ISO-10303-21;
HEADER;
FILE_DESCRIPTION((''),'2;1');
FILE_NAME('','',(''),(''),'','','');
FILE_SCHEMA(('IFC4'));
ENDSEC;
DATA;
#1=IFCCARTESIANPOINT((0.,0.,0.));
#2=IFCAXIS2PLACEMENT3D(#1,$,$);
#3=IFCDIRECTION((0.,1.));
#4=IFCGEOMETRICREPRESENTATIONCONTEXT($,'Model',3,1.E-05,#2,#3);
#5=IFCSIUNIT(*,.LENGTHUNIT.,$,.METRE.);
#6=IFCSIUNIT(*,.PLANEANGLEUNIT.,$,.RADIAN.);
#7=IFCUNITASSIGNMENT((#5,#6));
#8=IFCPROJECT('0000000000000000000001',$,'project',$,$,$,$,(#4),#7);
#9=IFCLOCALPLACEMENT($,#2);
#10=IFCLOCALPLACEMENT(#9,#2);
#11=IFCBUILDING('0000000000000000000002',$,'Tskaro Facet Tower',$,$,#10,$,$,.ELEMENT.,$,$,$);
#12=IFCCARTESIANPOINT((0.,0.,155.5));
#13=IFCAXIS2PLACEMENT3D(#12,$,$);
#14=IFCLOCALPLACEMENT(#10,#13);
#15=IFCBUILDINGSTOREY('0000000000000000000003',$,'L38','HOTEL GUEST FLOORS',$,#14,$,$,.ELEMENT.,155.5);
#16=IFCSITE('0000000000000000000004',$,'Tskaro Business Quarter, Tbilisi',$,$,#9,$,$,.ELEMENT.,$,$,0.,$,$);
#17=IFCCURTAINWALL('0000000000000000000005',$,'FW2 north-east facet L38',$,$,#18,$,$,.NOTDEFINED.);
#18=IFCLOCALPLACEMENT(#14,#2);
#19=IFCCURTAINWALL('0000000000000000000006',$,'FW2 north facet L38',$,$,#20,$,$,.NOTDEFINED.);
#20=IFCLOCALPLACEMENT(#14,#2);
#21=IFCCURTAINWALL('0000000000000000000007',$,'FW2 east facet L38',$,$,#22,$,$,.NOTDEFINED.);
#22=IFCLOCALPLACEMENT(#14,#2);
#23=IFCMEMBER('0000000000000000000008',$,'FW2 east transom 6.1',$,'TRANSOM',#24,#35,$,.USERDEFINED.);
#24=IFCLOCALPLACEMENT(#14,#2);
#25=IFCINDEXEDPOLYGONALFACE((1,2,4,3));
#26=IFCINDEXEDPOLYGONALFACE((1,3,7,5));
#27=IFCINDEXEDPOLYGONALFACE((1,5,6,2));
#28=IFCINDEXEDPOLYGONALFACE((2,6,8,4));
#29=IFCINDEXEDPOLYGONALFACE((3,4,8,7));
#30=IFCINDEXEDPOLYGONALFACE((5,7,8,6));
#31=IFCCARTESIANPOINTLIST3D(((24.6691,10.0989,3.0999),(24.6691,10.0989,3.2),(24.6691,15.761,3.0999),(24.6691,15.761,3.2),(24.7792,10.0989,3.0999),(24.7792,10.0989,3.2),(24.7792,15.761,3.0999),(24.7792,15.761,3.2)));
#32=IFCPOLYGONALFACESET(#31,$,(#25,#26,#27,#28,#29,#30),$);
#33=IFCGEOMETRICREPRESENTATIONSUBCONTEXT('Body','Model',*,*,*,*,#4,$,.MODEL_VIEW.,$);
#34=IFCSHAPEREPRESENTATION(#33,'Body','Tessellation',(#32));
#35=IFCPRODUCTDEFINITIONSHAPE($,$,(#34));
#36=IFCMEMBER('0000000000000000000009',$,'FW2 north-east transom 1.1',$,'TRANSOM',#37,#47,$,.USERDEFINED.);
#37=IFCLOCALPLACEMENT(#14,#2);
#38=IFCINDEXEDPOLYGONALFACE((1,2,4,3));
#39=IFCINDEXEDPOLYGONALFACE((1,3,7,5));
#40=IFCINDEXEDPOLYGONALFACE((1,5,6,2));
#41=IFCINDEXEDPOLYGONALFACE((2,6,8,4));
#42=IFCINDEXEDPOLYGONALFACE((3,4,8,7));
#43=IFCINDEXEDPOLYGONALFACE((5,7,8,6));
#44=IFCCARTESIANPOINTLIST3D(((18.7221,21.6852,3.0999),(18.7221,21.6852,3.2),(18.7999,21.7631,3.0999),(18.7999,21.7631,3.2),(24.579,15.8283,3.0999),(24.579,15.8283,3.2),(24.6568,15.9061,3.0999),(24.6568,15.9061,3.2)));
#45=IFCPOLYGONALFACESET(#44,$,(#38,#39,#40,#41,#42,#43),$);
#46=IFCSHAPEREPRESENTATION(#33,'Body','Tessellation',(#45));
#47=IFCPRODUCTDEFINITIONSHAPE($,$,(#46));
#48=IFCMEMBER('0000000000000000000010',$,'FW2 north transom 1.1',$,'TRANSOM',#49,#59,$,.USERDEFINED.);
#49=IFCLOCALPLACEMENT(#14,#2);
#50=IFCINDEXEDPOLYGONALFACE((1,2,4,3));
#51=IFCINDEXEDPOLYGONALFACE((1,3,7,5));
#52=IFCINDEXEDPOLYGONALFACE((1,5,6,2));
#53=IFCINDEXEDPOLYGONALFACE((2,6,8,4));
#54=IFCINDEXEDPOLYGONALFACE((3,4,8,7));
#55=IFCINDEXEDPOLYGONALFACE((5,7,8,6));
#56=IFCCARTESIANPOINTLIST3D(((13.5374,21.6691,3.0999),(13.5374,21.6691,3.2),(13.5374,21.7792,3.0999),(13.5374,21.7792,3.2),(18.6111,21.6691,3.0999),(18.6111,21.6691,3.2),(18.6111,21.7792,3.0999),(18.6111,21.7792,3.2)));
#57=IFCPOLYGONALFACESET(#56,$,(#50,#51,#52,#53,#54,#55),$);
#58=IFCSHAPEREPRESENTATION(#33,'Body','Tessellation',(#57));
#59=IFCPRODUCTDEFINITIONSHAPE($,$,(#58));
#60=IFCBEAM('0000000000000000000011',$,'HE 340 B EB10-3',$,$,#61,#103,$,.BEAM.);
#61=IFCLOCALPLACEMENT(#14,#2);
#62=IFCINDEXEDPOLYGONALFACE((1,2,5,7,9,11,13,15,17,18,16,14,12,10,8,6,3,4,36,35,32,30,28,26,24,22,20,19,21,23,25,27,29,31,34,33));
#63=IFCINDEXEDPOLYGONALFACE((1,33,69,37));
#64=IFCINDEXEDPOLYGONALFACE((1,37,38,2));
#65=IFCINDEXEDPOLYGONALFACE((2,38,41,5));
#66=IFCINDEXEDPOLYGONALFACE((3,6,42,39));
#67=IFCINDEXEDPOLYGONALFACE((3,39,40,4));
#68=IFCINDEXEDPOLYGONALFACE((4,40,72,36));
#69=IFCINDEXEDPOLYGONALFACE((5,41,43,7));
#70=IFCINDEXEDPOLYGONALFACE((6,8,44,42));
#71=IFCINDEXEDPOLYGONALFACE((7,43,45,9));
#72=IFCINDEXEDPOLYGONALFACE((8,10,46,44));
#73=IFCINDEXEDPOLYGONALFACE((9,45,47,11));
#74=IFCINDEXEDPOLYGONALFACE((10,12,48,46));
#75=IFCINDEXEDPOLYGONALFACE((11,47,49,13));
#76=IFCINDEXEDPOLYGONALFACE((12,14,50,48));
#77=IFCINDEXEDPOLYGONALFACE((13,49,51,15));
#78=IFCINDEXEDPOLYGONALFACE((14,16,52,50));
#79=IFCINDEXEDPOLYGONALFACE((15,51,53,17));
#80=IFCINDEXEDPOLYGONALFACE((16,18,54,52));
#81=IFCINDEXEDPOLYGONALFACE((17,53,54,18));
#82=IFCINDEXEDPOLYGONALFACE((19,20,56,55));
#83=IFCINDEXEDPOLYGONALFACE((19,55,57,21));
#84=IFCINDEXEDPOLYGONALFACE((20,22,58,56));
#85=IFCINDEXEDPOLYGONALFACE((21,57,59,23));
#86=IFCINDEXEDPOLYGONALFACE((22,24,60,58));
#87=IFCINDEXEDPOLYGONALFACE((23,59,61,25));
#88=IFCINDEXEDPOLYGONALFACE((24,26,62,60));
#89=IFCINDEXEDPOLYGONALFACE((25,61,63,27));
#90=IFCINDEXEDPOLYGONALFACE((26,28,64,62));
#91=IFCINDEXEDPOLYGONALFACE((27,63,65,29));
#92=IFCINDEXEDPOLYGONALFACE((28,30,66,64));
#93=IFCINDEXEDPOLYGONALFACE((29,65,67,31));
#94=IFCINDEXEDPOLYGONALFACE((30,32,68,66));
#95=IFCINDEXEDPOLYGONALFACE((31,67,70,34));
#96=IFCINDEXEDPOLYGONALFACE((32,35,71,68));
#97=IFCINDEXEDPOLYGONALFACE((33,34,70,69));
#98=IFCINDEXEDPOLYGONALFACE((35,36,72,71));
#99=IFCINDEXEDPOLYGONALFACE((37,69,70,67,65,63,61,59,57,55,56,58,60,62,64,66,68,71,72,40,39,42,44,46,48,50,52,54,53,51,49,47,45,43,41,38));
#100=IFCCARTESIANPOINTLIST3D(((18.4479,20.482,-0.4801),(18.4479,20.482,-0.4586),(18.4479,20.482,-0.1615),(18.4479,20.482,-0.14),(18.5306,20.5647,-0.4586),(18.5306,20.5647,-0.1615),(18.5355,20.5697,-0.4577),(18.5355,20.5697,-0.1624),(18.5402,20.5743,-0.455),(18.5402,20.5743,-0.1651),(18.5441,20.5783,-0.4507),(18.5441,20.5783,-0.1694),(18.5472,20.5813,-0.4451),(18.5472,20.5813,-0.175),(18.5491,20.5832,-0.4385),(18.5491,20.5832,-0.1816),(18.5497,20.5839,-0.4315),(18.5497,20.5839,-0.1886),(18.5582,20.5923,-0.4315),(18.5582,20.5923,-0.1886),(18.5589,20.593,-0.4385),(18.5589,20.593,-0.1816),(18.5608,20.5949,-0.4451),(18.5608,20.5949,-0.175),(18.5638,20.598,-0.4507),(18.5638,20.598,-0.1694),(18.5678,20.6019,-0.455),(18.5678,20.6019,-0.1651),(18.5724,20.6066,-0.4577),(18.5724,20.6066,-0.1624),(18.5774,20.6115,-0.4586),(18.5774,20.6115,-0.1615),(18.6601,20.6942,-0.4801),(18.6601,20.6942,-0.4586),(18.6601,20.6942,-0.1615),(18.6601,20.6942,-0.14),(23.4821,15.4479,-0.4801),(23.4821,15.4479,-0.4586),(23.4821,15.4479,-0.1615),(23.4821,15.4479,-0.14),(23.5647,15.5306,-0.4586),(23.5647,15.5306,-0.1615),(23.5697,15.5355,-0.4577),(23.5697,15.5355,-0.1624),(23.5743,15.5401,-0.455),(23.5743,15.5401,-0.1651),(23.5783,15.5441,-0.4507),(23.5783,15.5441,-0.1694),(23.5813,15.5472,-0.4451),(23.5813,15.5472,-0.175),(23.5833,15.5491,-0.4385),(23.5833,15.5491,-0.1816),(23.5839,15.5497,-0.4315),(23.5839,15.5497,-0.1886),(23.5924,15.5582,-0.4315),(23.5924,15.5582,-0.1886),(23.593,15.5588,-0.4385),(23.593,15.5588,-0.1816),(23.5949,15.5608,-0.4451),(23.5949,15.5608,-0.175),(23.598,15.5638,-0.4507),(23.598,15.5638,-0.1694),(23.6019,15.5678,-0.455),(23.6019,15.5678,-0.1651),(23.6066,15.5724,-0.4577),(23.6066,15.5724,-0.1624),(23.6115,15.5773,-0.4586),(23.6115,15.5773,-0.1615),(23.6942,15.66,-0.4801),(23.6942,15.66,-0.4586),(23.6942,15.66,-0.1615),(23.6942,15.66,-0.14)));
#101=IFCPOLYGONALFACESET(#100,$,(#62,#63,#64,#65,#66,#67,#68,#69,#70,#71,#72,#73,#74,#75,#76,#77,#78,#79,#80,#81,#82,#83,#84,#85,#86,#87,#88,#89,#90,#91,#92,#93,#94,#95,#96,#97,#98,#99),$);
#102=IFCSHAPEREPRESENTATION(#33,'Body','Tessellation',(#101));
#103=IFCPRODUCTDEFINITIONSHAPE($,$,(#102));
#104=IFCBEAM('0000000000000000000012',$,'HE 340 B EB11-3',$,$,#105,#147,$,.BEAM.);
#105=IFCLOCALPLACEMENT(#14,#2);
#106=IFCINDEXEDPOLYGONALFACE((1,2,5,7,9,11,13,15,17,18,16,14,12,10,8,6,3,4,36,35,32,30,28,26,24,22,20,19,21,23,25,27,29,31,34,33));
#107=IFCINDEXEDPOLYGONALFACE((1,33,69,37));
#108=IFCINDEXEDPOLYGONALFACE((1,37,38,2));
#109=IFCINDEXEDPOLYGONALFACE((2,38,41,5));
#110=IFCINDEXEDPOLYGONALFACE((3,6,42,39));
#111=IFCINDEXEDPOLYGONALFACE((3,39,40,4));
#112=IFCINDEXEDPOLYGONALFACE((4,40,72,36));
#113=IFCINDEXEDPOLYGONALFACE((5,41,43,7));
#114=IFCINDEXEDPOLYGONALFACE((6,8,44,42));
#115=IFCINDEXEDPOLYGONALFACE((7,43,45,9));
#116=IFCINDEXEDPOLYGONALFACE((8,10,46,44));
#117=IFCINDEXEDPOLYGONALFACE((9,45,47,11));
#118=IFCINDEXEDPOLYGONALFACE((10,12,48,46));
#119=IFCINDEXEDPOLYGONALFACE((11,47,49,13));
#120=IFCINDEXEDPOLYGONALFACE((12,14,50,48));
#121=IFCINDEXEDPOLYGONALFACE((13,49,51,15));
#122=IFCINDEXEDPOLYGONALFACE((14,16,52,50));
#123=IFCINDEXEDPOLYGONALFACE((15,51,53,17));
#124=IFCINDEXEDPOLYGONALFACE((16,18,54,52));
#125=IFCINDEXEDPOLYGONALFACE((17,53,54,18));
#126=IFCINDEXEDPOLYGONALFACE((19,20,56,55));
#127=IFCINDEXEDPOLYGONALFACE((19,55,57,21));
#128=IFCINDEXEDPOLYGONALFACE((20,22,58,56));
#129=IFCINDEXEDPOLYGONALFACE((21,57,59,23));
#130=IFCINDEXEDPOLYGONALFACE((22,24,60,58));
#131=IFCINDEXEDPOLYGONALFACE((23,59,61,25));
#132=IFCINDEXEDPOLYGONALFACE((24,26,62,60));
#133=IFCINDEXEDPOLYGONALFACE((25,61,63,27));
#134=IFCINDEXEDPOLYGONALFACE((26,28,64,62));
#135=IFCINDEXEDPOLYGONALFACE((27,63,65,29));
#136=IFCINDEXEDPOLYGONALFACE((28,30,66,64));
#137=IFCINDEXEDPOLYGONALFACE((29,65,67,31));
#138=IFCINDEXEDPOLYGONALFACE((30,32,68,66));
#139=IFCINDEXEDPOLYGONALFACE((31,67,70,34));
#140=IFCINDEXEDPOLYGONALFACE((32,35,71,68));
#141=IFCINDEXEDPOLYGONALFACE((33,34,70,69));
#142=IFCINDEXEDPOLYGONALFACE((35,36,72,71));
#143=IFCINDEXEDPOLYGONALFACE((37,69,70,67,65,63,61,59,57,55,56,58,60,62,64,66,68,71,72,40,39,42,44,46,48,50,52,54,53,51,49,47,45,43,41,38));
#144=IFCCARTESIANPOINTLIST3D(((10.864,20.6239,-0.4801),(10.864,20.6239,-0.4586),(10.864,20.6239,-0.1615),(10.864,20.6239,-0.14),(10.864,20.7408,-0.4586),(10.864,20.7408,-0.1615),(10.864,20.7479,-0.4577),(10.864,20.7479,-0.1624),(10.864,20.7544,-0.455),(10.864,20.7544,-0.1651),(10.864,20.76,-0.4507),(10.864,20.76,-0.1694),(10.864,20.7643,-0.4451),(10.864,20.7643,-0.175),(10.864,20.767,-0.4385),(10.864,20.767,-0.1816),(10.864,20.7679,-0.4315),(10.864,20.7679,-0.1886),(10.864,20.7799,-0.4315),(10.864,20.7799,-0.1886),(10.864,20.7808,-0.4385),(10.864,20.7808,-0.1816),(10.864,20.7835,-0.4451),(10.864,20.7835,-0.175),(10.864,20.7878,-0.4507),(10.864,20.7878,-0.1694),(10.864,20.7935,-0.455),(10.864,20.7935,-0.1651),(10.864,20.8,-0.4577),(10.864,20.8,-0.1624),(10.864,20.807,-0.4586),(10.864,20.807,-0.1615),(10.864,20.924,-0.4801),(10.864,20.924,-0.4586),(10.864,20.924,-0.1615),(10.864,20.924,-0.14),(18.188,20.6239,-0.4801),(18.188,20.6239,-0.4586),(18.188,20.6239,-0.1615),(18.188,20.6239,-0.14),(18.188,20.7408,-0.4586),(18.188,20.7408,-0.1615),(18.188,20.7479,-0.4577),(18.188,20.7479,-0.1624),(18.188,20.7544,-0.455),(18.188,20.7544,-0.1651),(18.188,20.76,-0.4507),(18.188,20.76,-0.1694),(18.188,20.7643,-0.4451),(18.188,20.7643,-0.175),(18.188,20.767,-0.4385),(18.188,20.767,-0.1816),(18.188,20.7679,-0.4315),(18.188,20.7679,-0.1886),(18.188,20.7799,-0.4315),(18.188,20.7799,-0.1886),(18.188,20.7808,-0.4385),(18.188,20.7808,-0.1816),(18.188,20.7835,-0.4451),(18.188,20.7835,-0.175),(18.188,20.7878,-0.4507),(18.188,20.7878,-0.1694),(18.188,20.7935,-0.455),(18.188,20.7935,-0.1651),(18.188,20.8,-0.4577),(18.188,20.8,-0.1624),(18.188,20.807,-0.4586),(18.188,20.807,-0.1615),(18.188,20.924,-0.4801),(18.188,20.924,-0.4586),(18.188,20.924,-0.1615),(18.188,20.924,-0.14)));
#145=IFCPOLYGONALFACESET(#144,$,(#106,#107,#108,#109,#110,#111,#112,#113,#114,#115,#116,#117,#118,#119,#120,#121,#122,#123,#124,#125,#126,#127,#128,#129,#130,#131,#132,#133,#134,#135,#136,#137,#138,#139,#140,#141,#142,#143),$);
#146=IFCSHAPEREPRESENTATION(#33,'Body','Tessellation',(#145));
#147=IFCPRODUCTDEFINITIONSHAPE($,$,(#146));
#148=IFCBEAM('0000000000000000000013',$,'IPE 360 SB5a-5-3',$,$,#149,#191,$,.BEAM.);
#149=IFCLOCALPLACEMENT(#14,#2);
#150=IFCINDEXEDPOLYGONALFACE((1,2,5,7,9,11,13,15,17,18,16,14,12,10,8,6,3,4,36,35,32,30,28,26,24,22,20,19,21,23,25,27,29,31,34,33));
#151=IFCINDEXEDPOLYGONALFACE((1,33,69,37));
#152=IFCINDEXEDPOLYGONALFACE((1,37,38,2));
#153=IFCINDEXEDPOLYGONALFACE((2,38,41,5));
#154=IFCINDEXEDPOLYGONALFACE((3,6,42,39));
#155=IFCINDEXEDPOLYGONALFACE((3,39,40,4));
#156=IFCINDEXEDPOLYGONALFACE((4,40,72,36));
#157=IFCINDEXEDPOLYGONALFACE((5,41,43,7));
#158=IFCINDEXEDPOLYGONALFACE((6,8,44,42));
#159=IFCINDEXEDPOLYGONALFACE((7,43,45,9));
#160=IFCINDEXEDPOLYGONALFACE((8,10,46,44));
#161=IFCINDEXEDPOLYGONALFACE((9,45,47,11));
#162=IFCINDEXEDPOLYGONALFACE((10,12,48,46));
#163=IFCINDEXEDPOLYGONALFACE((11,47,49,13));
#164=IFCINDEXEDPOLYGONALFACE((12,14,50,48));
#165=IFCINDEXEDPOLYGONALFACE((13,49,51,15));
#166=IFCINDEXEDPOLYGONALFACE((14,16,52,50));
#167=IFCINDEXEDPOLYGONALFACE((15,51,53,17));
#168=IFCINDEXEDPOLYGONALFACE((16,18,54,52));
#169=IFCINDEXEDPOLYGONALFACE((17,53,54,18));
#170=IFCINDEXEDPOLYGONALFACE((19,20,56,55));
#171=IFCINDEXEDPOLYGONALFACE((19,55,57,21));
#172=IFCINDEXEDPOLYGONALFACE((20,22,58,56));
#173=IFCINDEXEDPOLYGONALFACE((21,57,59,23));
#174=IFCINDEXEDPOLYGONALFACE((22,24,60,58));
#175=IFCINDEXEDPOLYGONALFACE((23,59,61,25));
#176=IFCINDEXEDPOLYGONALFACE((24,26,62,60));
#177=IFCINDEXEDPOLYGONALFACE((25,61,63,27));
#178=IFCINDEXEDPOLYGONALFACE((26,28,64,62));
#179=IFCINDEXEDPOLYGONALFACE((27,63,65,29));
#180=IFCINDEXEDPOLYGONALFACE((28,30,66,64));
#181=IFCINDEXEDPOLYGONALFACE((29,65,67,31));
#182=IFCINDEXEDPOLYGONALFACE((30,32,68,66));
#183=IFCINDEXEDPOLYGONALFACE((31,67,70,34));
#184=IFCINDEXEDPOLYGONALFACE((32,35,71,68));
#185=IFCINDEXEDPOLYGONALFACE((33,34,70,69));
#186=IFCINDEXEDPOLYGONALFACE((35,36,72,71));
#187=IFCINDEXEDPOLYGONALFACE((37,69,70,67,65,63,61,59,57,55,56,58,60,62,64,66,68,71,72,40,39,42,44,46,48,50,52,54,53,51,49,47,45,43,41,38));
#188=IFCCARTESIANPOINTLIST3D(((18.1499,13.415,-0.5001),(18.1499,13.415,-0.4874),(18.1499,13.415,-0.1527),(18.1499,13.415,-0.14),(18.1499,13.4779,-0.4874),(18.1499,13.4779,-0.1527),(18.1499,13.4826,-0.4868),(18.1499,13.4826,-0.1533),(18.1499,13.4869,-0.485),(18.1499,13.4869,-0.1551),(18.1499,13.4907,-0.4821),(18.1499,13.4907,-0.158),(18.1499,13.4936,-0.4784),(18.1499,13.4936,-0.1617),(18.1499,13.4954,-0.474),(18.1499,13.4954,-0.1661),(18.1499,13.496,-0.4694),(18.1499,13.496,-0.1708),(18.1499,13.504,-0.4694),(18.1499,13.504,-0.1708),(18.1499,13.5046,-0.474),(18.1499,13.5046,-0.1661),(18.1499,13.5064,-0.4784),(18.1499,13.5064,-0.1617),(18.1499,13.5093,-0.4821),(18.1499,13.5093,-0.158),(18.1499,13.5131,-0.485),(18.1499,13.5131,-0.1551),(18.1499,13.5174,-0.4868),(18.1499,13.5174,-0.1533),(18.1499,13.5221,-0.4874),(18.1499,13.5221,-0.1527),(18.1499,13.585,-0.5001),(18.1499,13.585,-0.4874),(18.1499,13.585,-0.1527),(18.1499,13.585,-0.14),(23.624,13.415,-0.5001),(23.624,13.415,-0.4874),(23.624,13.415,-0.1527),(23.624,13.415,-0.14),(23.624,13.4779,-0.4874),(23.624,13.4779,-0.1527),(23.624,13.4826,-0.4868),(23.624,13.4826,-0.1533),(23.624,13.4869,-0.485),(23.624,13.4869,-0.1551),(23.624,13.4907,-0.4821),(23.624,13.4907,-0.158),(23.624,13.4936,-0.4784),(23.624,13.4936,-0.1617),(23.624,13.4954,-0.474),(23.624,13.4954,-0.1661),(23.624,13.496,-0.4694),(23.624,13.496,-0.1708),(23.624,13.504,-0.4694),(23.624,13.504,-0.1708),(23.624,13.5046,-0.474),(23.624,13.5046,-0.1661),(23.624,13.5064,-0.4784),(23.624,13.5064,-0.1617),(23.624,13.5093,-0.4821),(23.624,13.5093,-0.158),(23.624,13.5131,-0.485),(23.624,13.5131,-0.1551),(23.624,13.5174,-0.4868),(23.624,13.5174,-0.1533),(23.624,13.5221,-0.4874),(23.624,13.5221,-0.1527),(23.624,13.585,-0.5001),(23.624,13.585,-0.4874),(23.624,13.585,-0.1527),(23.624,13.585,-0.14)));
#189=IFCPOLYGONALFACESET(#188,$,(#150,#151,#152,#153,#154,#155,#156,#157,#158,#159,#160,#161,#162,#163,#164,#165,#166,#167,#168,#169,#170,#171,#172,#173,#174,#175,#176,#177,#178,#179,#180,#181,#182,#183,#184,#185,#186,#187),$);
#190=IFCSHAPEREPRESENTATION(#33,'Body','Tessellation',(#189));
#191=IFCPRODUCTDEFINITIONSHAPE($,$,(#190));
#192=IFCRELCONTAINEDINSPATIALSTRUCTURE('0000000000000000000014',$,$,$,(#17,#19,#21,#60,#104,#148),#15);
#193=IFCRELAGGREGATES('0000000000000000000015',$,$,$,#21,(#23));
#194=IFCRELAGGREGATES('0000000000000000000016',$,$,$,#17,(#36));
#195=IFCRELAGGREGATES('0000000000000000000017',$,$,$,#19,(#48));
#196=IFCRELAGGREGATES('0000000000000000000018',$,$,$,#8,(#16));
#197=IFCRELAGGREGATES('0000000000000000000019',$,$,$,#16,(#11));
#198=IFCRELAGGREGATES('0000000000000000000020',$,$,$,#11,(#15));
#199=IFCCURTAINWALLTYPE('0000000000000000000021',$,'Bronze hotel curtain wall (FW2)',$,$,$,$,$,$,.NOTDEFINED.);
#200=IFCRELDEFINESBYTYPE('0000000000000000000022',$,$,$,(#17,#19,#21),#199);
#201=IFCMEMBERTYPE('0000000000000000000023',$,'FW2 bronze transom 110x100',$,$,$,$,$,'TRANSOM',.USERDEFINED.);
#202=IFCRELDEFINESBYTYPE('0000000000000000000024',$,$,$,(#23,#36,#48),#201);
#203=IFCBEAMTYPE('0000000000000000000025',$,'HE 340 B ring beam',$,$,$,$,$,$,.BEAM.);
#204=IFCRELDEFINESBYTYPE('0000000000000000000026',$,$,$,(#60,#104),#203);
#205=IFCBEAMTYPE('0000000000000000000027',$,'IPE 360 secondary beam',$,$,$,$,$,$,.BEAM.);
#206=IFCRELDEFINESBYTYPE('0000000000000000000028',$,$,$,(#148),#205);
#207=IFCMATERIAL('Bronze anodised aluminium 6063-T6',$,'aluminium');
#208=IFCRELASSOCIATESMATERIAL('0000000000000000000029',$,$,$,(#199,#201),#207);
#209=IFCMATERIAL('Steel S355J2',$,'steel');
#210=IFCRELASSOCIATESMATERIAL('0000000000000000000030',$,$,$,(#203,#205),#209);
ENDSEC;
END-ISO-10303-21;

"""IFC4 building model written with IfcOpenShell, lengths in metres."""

from ifc_helpers import new_model, si_unit, direction, frame, origin, origin_2d, place, context, subcontext, project, spatial, rectangle, i_section, extrude, material, material_profile, profile_set, type_object, element, aggregate, save


model = new_model("IFC4")

# Units and contexts
model_context = context("Model", 3, precision=1e-05, world=origin(), true_north=direction((0.0, 1.0)))
body_context = subcontext(model_context, "Body", "Model", "MODEL_VIEW")
ifc_project = project(units=[si_unit("LENGTHUNIT", "METRE"), si_unit("PLANEANGLEUNIT", "RADIAN")], contexts=[model_context])

# Site, building, storey
site_placement = place(None, origin())
site = spatial("IfcSite", under=ifc_project, at=site_placement, Name="Tskaro Business Quarter, Tbilisi", CompositionType="ELEMENT", RefElevation=0.0)
building_placement = place(site_placement, origin())
building = spatial("IfcBuilding", under=site, at=building_placement, Name="Tskaro Facet Tower", CompositionType="ELEMENT")
storey_placement = place(building_placement, frame((0.0, 0.0, 155.5)))
storey = spatial("IfcBuildingStorey", under=building, at=storey_placement, Name="L38", Description="HOTEL GUEST FLOORS", CompositionType="ELEMENT", Elevation=155.5)

# Curtain walls, member
ifc_material_1 = material(Name="Bronze anodised aluminium 6063-T6", Category="aluminium")
curtain_wall_type = type_object("IfcCurtainWallType", Name="Bronze hotel curtain wall (FW2)", PredefinedType="NOTDEFINED", material=ifc_material_1)
curtain_wall_1_placement = place(storey_placement, origin())
curtain_wall_1 = element("IfcCurtainWall", 1, at=curtain_wall_1_placement, inside=storey, type_object=curtain_wall_type, Name="FW2 north-east facet L38", PredefinedType="NOTDEFINED")
curtain_wall_2_placement = place(storey_placement, origin())
curtain_wall_2 = element("IfcCurtainWall", 2, at=curtain_wall_2_placement, inside=storey, type_object=curtain_wall_type, Name="FW2 north facet L38", PredefinedType="NOTDEFINED")
curtain_wall_3_placement = place(storey_placement, origin())
curtain_wall_3 = element("IfcCurtainWall", 3, at=curtain_wall_3_placement, inside=storey, type_object=curtain_wall_type, Name="FW2 east facet L38", PredefinedType="NOTDEFINED")
ifc_material_profile_1 = material_profile(ifc_material_1, rectangle(XDim=0.1101, YDim=0.1001, at=origin_2d()), Name="Transom 110x100")
ifc_profile_set_1 = profile_set([ifc_material_profile_1], Name="Bronze anodised aluminium 6063-T6")
member_type_1 = type_object("IfcMemberType", Name="FW2 bronze transom 110x100", ElementType="TRANSOM", PredefinedType="USERDEFINED", material=ifc_profile_set_1)
member_1_placement = place(storey_placement, frame((24.7241, 10.0989, 3.1499), z_axis=(0.0, 1.0, 0.0), x_axis=(-1.0, 0.0, 0.0)))
member_1 = element("IfcMember", 4, at=member_1_placement, type_object=member_type_1, Name="FW2 east transom 6.1", ObjectType="TRANSOM", PredefinedType="USERDEFINED", context=body_context, shape_type="SweptSolid", body=[
    extrude(rectangle(XDim=0.1101, YDim=0.1001, at=origin_2d()), origin(), (0.0, 0.0, 1.0), 5.6621),
])

# Members
member_2_placement = place(storey_placement, frame((24.6179, 15.8672, 3.1499), z_axis=(-0.707107, 0.707107, 0.0), x_axis=(-0.707107, -0.707107, 0.0)))
member_2 = element("IfcMember", 5, at=member_2_placement, type_object=member_type_1, Name="FW2 north-east transom 1.1", ObjectType="TRANSOM", PredefinedType="USERDEFINED", context=body_context, shape_type="SweptSolid", body=[
    extrude(rectangle(XDim=0.1101, YDim=0.1001, at=origin_2d()), origin(), (0.0, 0.0, 1.0), 8.283),
])
member_3_placement = place(storey_placement, frame((18.6111, 21.7241, 3.1499), z_axis=(-1.0, 0.0, 0.0), x_axis=(0.0, -1.0, 0.0)))
member_3 = element("IfcMember", 6, at=member_3_placement, type_object=member_type_1, Name="FW2 north transom 1.1", ObjectType="TRANSOM", PredefinedType="USERDEFINED", context=body_context, shape_type="SweptSolid", body=[
    extrude(rectangle(XDim=0.1101, YDim=0.1001, at=origin_2d()), origin(), (0.0, 0.0, 1.0), 5.0737),
])

# Beams
ifc_material_2 = material(Name="Steel S355J2", Category="steel")
ifc_material_profile_2 = material_profile(ifc_material_2, i_section(OverallWidth=0.3, OverallDepth=0.3401, WebThickness=0.012, FlangeThickness=0.0215, FilletRadius=0.0271, at=origin_2d()), Name="HE 340 B")
ifc_profile_set_2 = profile_set([ifc_material_profile_2], Name="Steel S355J2")
beam_type_1 = type_object("IfcBeamType", Name="HE 340 B ring beam", PredefinedType="BEAM", material=ifc_profile_set_2)
beam_1_placement = place(storey_placement, frame((23.5881, 15.554, -0.3101), z_axis=(-0.707107, 0.707107, 0.0), x_axis=(-0.707107, -0.707107, 0.0)))
element("IfcBeam", 7, at=beam_1_placement, inside=storey, type_object=beam_type_1, Name="HE 340 B EB10-3", PredefinedType="BEAM", context=body_context, shape_type="SweptSolid", body=[
    extrude(i_section(OverallWidth=0.3, OverallDepth=0.3401, WebThickness=0.012, FlangeThickness=0.0215, FilletRadius=0.0271, at=origin_2d()), origin(), (0.0, 0.0, 1.0), 7.1194),
])
beam_2_placement = place(storey_placement, frame((18.188, 20.7739, -0.3101), z_axis=(-1.0, 0.0, 0.0), x_axis=(0.0, -1.0, 0.0)))
element("IfcBeam", 8, at=beam_2_placement, inside=storey, type_object=beam_type_1, Name="HE 340 B EB11-3", PredefinedType="BEAM", context=body_context, shape_type="SweptSolid", body=[
    extrude(i_section(OverallWidth=0.3, OverallDepth=0.3401, WebThickness=0.012, FlangeThickness=0.0215, FilletRadius=0.0271, at=origin_2d()), origin(), (0.0, 0.0, 1.0), 7.324),
])
ifc_material_profile_3 = material_profile(ifc_material_2, i_section(OverallWidth=0.1699, OverallDepth=0.3601, WebThickness=0.0081, FlangeThickness=0.0127, FilletRadius=0.0181, at=origin_2d()), Name="IPE 360")
ifc_profile_set_3 = profile_set([ifc_material_profile_3], Name="Steel S355J2")
beam_type_2 = type_object("IfcBeamType", Name="IPE 360 secondary beam", PredefinedType="BEAM", material=ifc_profile_set_3)
beam_3_placement = place(storey_placement, frame((18.1499, 13.5, -0.3201), z_axis=(1.0, 0.0, 0.0), x_axis=(0.0, 1.0, 0.0)))
element("IfcBeam", 9, at=beam_3_placement, inside=storey, type_object=beam_type_2, Name="IPE 360 SB5a-5-3", PredefinedType="BEAM", context=body_context, shape_type="SweptSolid", body=[
    extrude(i_section(OverallWidth=0.1699, OverallDepth=0.3601, WebThickness=0.0081, FlangeThickness=0.0127, FilletRadius=0.0181, at=origin_2d()), origin(), (0.0, 0.0, 1.0), 5.4741),
])

aggregate(curtain_wall_3, [member_1])
aggregate(curtain_wall_1, [member_2])
aggregate(curtain_wall_2, [member_3])

save(model, "model.ifc")
